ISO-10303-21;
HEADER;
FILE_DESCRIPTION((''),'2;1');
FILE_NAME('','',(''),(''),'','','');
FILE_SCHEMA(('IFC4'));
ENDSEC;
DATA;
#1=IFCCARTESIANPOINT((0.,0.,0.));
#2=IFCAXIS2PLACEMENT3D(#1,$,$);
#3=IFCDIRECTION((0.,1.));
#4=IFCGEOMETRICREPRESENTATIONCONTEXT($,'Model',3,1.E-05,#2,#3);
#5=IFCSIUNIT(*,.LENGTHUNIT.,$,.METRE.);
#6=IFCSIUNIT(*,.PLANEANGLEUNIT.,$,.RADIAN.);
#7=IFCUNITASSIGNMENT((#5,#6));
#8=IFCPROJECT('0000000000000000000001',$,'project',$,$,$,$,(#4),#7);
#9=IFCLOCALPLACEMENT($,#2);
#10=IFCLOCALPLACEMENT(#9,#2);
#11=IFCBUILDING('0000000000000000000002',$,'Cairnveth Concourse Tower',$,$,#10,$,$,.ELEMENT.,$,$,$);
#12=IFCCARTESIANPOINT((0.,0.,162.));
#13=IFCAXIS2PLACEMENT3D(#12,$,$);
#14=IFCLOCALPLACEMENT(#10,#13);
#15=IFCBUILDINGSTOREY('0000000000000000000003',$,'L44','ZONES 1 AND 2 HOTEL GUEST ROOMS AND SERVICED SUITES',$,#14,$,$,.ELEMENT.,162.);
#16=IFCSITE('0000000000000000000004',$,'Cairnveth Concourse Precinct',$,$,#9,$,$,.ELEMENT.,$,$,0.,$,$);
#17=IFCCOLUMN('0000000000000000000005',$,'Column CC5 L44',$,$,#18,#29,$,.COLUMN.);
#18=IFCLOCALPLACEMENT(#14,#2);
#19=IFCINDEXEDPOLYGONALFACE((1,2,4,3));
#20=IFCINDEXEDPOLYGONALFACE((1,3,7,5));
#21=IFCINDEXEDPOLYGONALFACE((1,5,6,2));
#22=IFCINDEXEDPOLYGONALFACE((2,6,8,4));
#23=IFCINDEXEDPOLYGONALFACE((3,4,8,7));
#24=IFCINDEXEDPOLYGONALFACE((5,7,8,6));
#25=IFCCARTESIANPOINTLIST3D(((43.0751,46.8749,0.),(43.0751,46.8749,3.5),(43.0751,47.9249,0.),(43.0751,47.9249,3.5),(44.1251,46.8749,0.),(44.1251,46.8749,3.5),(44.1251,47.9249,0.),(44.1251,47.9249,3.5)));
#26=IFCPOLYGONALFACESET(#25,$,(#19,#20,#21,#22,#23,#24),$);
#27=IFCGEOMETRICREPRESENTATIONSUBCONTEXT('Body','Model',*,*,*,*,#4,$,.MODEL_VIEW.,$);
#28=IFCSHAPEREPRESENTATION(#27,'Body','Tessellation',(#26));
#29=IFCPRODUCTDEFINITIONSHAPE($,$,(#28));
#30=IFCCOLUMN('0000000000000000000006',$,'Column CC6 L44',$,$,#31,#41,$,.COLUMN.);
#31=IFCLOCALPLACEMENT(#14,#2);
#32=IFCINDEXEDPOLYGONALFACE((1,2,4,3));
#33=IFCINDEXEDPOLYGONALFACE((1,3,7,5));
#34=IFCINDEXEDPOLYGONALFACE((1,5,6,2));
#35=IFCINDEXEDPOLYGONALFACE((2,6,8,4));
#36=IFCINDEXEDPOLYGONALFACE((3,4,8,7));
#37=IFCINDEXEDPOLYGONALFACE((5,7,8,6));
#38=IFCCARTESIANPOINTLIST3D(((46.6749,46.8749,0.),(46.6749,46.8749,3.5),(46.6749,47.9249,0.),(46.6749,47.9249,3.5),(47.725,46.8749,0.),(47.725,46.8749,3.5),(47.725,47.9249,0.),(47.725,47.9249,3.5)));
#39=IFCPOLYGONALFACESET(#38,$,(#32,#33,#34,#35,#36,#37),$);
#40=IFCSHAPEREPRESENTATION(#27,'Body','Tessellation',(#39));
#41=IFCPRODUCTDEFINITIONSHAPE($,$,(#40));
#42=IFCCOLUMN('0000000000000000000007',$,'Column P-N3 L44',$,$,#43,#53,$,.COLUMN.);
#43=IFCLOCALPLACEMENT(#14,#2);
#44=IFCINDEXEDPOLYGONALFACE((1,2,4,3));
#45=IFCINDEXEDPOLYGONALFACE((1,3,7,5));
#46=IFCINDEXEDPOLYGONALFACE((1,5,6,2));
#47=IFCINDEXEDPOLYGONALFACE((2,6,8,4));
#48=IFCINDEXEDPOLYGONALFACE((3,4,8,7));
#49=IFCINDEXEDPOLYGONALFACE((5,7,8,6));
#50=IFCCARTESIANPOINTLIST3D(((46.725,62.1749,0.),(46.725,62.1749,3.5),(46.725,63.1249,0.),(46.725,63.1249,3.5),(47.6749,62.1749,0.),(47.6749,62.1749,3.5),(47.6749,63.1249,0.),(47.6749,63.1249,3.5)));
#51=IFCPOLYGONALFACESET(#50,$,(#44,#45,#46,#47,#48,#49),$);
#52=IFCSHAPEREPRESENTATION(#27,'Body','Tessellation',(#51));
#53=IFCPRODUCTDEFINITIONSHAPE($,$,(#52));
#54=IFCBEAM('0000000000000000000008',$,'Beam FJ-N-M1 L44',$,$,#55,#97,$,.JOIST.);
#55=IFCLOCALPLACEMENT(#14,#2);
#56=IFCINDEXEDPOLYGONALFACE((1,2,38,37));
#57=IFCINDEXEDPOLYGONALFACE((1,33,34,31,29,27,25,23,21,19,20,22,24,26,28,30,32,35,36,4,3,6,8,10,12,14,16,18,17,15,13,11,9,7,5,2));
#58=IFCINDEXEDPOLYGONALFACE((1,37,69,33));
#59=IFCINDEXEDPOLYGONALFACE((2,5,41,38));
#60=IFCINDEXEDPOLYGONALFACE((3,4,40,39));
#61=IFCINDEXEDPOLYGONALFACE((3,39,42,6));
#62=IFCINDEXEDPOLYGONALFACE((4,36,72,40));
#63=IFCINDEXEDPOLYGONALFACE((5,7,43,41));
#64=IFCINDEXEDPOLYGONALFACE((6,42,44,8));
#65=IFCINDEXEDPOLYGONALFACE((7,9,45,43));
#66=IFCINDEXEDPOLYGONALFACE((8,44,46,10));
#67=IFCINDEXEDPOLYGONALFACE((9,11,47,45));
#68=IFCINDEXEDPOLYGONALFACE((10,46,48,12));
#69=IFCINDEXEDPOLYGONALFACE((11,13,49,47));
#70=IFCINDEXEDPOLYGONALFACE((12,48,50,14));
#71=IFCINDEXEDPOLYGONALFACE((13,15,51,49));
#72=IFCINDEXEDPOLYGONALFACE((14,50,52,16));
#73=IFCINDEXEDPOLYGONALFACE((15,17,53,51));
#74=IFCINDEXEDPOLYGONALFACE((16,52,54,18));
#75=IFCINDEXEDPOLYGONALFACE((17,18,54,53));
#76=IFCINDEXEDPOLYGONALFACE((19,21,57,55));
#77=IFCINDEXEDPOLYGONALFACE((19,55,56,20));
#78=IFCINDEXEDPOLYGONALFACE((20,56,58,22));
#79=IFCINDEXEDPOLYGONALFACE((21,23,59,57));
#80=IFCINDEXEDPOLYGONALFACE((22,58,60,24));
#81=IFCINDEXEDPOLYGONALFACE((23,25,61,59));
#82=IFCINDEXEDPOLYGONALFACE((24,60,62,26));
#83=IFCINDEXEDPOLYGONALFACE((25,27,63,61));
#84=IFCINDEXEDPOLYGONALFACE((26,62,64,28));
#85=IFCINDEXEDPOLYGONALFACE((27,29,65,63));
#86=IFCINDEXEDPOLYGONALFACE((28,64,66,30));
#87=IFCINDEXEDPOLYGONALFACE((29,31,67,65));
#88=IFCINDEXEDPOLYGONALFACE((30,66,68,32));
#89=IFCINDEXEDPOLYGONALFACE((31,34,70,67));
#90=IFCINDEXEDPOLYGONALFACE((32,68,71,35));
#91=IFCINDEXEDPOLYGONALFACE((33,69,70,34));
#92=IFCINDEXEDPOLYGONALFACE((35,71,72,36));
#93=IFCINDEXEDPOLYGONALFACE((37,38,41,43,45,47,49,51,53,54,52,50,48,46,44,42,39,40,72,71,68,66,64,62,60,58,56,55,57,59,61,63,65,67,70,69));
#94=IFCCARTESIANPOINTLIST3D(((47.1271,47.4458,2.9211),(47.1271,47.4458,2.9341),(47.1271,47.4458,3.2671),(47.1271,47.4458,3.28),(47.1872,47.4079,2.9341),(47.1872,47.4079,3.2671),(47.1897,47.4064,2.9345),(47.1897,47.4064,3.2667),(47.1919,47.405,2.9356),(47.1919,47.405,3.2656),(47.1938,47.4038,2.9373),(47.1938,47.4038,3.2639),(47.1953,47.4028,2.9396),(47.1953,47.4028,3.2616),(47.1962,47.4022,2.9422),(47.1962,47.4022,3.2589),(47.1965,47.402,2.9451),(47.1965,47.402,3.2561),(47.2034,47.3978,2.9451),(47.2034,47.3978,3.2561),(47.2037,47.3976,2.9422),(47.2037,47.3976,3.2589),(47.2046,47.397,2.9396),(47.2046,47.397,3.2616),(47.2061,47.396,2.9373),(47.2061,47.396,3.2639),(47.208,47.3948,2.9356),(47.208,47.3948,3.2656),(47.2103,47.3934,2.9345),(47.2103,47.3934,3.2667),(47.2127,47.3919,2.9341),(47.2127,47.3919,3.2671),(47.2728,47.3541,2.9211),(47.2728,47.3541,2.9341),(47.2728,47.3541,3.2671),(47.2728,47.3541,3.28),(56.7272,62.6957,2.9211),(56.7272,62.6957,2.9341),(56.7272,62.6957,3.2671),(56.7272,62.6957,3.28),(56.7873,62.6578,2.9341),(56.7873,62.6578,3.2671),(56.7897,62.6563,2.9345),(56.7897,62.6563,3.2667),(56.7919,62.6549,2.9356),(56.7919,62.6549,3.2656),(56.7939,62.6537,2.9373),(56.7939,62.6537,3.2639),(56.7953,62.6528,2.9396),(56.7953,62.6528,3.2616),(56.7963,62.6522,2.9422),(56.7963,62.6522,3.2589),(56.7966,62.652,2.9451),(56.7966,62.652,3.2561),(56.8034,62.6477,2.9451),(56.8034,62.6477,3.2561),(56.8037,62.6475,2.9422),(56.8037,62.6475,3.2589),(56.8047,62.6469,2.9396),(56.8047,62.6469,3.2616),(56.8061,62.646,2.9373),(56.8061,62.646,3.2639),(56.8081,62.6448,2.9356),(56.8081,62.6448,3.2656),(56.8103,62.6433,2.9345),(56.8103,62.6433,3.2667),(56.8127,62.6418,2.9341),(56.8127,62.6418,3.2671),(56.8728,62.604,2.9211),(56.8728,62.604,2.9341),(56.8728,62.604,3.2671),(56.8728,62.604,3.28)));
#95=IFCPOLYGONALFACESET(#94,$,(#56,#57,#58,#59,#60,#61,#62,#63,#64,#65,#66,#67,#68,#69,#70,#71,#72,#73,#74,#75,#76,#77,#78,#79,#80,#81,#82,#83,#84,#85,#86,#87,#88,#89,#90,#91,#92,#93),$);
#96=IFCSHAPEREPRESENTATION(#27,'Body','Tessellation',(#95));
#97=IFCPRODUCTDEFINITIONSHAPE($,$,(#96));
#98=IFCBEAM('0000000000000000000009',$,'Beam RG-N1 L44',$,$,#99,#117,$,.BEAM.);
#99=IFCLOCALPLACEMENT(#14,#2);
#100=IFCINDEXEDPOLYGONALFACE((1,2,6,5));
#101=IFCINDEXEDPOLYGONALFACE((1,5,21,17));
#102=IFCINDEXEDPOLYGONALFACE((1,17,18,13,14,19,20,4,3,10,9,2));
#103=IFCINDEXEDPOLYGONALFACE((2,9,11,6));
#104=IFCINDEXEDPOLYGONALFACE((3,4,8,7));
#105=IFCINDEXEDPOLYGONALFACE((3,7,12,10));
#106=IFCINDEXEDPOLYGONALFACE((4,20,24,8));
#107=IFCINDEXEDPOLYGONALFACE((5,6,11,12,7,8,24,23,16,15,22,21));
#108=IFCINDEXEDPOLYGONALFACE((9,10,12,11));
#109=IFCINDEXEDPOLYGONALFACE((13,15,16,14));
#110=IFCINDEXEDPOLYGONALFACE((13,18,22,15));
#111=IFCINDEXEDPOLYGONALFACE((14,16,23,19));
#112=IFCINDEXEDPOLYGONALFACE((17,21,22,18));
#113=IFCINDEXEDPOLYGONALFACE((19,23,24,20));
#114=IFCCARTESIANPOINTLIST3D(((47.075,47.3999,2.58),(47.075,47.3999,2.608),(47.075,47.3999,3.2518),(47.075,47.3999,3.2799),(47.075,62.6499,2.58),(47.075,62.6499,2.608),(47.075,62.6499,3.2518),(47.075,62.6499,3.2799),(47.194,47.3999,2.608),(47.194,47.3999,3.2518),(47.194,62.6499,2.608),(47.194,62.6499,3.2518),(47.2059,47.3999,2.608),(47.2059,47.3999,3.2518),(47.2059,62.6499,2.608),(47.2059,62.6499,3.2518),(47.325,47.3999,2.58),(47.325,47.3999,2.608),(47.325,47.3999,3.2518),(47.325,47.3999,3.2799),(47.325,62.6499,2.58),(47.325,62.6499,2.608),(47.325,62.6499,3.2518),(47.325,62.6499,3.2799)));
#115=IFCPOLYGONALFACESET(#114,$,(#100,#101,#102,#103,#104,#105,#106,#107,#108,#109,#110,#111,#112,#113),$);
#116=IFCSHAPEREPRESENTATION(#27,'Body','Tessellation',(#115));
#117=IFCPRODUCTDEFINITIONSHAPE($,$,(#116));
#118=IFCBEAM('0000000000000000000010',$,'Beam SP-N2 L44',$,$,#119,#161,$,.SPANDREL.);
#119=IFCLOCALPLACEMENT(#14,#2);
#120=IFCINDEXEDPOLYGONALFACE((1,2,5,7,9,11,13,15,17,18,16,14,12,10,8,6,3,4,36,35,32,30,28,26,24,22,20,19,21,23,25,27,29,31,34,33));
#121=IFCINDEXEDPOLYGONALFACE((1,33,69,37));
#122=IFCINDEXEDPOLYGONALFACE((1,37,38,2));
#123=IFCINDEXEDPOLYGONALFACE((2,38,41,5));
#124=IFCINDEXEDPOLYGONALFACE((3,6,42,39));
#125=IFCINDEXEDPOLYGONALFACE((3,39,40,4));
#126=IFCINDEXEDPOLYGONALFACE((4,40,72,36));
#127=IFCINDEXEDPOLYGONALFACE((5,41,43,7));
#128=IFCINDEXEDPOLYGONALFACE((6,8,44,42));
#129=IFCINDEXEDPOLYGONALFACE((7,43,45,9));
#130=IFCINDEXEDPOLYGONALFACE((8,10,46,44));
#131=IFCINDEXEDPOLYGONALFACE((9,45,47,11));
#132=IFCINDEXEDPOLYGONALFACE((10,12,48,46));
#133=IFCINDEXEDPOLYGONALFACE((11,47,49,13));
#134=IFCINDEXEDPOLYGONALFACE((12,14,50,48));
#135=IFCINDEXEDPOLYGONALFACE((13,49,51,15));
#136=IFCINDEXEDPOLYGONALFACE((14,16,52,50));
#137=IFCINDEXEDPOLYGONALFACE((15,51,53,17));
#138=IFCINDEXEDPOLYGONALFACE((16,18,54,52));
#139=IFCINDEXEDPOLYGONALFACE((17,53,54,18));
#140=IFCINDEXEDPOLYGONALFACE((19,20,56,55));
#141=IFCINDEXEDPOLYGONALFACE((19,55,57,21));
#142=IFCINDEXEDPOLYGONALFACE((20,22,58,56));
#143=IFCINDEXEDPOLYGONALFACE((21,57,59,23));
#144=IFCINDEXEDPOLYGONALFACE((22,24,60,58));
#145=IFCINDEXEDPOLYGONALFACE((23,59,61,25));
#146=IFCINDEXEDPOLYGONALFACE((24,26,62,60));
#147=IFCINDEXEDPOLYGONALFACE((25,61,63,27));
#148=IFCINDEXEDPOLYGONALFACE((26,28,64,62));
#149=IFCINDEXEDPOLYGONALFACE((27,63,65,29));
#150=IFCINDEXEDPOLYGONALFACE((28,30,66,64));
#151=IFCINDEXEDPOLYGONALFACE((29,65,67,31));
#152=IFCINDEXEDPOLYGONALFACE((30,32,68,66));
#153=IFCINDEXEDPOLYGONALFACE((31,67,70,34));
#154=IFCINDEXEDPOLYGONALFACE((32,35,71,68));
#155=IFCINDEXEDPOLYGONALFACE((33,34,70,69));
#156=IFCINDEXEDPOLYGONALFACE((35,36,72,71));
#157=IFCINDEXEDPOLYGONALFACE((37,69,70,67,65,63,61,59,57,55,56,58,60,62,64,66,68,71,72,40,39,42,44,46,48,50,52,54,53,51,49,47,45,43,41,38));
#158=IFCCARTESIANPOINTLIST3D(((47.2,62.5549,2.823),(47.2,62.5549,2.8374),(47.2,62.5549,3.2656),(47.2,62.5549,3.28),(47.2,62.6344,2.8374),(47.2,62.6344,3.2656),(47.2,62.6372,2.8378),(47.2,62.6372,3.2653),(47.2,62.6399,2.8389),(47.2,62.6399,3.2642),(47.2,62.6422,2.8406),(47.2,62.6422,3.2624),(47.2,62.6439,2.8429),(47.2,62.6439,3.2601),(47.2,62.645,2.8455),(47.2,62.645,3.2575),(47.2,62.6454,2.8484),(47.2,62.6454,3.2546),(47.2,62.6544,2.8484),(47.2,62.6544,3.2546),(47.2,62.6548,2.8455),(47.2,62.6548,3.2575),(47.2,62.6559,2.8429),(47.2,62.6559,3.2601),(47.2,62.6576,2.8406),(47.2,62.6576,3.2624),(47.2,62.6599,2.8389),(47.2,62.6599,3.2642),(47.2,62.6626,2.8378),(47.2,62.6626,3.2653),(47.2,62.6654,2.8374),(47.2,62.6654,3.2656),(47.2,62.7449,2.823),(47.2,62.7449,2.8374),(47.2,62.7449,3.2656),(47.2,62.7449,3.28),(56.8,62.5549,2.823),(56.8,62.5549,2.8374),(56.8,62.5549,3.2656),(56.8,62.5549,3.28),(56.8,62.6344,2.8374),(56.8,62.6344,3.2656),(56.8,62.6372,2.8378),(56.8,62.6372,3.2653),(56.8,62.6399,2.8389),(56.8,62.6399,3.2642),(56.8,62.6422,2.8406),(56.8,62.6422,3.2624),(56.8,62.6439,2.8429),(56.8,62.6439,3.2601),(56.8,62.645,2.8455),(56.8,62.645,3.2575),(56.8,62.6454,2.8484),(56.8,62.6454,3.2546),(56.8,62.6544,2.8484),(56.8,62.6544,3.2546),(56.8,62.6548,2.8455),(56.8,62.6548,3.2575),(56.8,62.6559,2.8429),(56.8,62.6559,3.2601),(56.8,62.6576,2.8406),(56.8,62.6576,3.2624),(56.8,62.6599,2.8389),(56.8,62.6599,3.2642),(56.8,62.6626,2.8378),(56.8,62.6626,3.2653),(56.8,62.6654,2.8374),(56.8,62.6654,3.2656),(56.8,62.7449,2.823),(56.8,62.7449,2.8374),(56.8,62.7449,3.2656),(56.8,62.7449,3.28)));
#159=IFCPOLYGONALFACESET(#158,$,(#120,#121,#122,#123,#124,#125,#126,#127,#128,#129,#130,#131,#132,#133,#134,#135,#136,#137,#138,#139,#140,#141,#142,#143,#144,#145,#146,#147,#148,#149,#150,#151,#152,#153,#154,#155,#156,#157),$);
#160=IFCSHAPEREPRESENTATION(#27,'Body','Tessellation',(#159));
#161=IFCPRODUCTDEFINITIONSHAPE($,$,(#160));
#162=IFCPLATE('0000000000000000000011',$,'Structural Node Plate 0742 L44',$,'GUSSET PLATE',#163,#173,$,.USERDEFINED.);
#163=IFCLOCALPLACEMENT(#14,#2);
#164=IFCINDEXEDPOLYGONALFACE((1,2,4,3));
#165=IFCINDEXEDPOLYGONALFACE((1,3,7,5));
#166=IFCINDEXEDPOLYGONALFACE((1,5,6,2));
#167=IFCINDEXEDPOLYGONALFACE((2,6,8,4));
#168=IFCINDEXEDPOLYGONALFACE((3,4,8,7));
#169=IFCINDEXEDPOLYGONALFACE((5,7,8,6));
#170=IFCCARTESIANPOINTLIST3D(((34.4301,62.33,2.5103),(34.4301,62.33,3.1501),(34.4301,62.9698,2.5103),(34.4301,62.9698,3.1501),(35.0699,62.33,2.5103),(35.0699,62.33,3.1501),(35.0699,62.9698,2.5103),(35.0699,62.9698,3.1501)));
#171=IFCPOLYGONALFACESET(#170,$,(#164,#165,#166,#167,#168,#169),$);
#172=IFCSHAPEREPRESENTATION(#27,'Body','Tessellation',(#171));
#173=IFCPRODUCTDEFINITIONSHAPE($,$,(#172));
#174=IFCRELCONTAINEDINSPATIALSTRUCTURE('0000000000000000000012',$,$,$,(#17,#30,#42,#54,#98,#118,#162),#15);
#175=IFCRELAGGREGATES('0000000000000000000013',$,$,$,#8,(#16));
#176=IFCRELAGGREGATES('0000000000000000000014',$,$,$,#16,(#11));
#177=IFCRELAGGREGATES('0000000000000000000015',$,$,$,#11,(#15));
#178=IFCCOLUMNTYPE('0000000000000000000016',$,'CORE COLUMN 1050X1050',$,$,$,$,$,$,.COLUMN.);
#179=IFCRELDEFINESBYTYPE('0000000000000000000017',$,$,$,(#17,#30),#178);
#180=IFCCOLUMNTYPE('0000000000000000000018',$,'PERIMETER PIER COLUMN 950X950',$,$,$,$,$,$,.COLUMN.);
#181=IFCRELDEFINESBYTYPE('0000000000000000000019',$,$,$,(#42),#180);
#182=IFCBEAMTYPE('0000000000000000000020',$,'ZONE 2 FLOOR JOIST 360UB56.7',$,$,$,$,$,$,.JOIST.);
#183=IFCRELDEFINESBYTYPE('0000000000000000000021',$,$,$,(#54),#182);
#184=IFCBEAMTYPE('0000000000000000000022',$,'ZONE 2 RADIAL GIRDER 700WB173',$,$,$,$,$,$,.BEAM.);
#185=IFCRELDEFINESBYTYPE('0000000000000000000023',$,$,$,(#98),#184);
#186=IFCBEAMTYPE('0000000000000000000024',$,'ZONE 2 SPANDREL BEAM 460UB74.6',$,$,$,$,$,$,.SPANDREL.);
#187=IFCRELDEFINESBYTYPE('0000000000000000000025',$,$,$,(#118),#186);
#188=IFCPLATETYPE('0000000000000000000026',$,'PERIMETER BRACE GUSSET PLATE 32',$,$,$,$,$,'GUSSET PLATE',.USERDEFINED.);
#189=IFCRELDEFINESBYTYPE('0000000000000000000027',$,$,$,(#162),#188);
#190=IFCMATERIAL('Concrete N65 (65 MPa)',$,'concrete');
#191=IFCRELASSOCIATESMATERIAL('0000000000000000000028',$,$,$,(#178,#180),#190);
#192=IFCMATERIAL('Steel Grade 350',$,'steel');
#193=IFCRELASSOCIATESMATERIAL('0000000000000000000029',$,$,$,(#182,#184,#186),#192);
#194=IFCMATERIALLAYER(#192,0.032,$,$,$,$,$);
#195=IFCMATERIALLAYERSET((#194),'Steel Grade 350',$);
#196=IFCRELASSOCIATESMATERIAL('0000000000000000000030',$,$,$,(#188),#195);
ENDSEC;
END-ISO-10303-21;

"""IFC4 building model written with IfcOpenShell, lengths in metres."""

from ifc_helpers import new_model, si_unit, direction, frame, origin, origin_2d, place, context, subcontext, project, spatial, rectangle, i_section, extrude, material, layer, layer_set, material_profile, profile_set, type_object, element, save


model = new_model("IFC4")

# Units and contexts
model_context = context("Model", 3, precision=1e-05, world=origin(), true_north=direction((0.0, 1.0)))
body_context = subcontext(model_context, "Body", "Model", "MODEL_VIEW")
ifc_project = project(units=[si_unit("LENGTHUNIT", "METRE"), si_unit("PLANEANGLEUNIT", "RADIAN")], contexts=[model_context])

# Site, building, storey
site_placement = place(None, origin())
site = spatial("IfcSite", under=ifc_project, at=site_placement, Name="Cairnveth Concourse Precinct", CompositionType="ELEMENT", RefElevation=0.0)
building_placement = place(site_placement, origin())
building = spatial("IfcBuilding", under=site, at=building_placement, Name="Cairnveth Concourse Tower", CompositionType="ELEMENT")
storey_placement = place(building_placement, frame((0.0, 0.0, 162.0)))
storey = spatial("IfcBuildingStorey", under=building, at=storey_placement, Name="L44", Description="ZONES 1 AND 2 HOTEL GUEST ROOMS AND SERVICED SUITES", CompositionType="ELEMENT", Elevation=162.0)

# Columns
ifc_material_1 = material(Name="Concrete N65 (65 MPa)", Category="concrete")
ifc_material_profile_1 = material_profile(ifc_material_1, rectangle(XDim=1.05, YDim=1.05, at=origin_2d()), Name="RC-COL-1050x1050")
ifc_profile_set_1 = profile_set([ifc_material_profile_1], Name="Concrete N65 (65 MPa)")
column_type_1 = type_object("IfcColumnType", Name="CORE COLUMN 1050X1050", PredefinedType="COLUMN", material=ifc_profile_set_1)
for number, where, z_axis, x_axis, name in (
    (1, (43.6001, 47.3999, 0.0), (0.0, 0.0, 1.0), (1.0, 0.0, 0.0), "Column CC5 L44"),
    (2, (47.2, 47.3999, 0.0), (0.0, 0.0, 1.0), (1.0, 0.0, 0.0), "Column CC6 L44"),
):
    element("IfcColumn", number, at=place(storey_placement, frame(where, z_axis=z_axis, x_axis=x_axis)), inside=storey, type_object=column_type_1, Name=name, PredefinedType="COLUMN", context=body_context, shape_type="SweptSolid", body=[
        extrude(rectangle(XDim=1.05, YDim=1.05, at=origin_2d()), origin(), (0.0, 0.0, 1.0), 3.5),
    ])
ifc_material_profile_2 = material_profile(ifc_material_1, rectangle(XDim=0.95, YDim=0.95, at=origin_2d()), Name="RC-COL-950x950")
ifc_profile_set_2 = profile_set([ifc_material_profile_2], Name="Concrete N65 (65 MPa)")
column_type_2 = type_object("IfcColumnType", Name="PERIMETER PIER COLUMN 950X950", PredefinedType="COLUMN", material=ifc_profile_set_2)
column_placement = place(storey_placement, frame((47.2, 62.6499, 0.0), z_axis=(0.0, 0.0, 1.0), x_axis=(1.0, 0.0, 0.0)))
element("IfcColumn", 3, at=column_placement, inside=storey, type_object=column_type_2, Name="Column P-N3 L44", PredefinedType="COLUMN", context=body_context, shape_type="SweptSolid", body=[
    extrude(rectangle(XDim=0.95, YDim=0.95, at=origin_2d()), origin(), (0.0, 0.0, 1.0), 3.5),
])

# Beams
ifc_material_2 = material(Name="Steel Grade 350", Category="steel")
ifc_material_profile_3 = material_profile(ifc_material_2, i_section(OverallWidth=0.1721, OverallDepth=0.3589, WebThickness=0.0081, FlangeThickness=0.0129, FilletRadius=0.011, at=origin_2d()), Name="360UB56.7")
ifc_profile_set_3 = profile_set([ifc_material_profile_3], Name="Steel Grade 350")
beam_type_1 = type_object("IfcBeamType", Name="ZONE 2 FLOOR JOIST 360UB56.7", PredefinedType="JOIST", material=ifc_profile_set_3)
beam_1_placement = place(storey_placement, frame((47.2, 47.3999, 3.1006), z_axis=(0.532744, 0.846277, 0.0), x_axis=(-0.846277, 0.532744, 0.0)))
element("IfcBeam", 4, at=beam_1_placement, inside=storey, type_object=beam_type_1, Name="Beam FJ-N-M1 L44", PredefinedType="JOIST", context=body_context, shape_type="SweptSolid", body=[
    extrude(i_section(OverallWidth=0.1721, OverallDepth=0.3589, WebThickness=0.0081, FlangeThickness=0.0129, FilletRadius=0.011, at=origin_2d()), origin(), (0.0, 0.0, 1.0), 18.02),
])
ifc_material_profile_4 = material_profile(ifc_material_2, i_section(OverallWidth=0.25, OverallDepth=0.7, WebThickness=0.012, FlangeThickness=0.0281, at=origin_2d()), Name="700WB173")
ifc_profile_set_4 = profile_set([ifc_material_profile_4], Name="Steel Grade 350")
beam_type_2 = type_object("IfcBeamType", Name="ZONE 2 RADIAL GIRDER 700WB173", PredefinedType="BEAM", material=ifc_profile_set_4)
beam_2_placement = place(storey_placement, frame((47.2, 47.3999, 2.9299), z_axis=(0.0, 1.0, 0.0), x_axis=(-1.0, 0.0, 0.0)))
element("IfcBeam", 5, at=beam_2_placement, inside=storey, type_object=beam_type_2, Name="Beam RG-N1 L44", PredefinedType="BEAM", context=body_context, shape_type="SweptSolid", body=[
    extrude(i_section(OverallWidth=0.25, OverallDepth=0.7, WebThickness=0.012, FlangeThickness=0.0281, at=origin_2d()), origin(), (0.0, 0.0, 1.0), 15.25),
])
ifc_material_profile_5 = material_profile(ifc_material_2, i_section(OverallWidth=0.1899, OverallDepth=0.457, WebThickness=0.009, FlangeThickness=0.0144, FilletRadius=0.011, at=origin_2d()), Name="460UB74.6")
ifc_profile_set_5 = profile_set([ifc_material_profile_5], Name="Steel Grade 350")
beam_type_3 = type_object("IfcBeamType", Name="ZONE 2 SPANDREL BEAM 460UB74.6", PredefinedType="SPANDREL", material=ifc_profile_set_5)
beam_3_placement = place(storey_placement, frame((47.2, 62.6499, 3.0515), z_axis=(1.0, 0.0, 0.0), x_axis=(0.0, 1.0, 0.0)))
element("IfcBeam", 6, at=beam_3_placement, inside=storey, type_object=beam_type_3, Name="Beam SP-N2 L44", PredefinedType="SPANDREL", context=body_context, shape_type="SweptSolid", body=[
    extrude(i_section(OverallWidth=0.1899, OverallDepth=0.457, WebThickness=0.009, FlangeThickness=0.0144, FilletRadius=0.011, at=origin_2d()), origin(), (0.0, 0.0, 1.0), 9.6001),
])

# Plate
ifc_layer_1 = layer(ifc_material_2, 0.032)
ifc_layer_set_1 = layer_set([ifc_layer_1], Name="Steel Grade 350")
plate_type = type_object("IfcPlateType", Name="PERIMETER BRACE GUSSET PLATE 32", ElementType="GUSSET PLATE", PredefinedType="USERDEFINED", material=ifc_layer_set_1)
plate_placement = place(storey_placement, frame((34.75, 62.6499, 2.5103), z_axis=(0.0, 0.0, 1.0), x_axis=(1.0, 0.0, 0.0)))
element("IfcPlate", 7, at=plate_placement, inside=storey, type_object=plate_type, Name="Structural Node Plate 0742 L44", ObjectType="GUSSET PLATE", PredefinedType="USERDEFINED", context=body_context, shape_type="SweptSolid", body=[
    extrude(rectangle(XDim=0.6399, YDim=0.6399, at=origin_2d()), origin(), (0.0, 0.0, 1.0), 0.6399),
])

save(model, "model.ifc")
